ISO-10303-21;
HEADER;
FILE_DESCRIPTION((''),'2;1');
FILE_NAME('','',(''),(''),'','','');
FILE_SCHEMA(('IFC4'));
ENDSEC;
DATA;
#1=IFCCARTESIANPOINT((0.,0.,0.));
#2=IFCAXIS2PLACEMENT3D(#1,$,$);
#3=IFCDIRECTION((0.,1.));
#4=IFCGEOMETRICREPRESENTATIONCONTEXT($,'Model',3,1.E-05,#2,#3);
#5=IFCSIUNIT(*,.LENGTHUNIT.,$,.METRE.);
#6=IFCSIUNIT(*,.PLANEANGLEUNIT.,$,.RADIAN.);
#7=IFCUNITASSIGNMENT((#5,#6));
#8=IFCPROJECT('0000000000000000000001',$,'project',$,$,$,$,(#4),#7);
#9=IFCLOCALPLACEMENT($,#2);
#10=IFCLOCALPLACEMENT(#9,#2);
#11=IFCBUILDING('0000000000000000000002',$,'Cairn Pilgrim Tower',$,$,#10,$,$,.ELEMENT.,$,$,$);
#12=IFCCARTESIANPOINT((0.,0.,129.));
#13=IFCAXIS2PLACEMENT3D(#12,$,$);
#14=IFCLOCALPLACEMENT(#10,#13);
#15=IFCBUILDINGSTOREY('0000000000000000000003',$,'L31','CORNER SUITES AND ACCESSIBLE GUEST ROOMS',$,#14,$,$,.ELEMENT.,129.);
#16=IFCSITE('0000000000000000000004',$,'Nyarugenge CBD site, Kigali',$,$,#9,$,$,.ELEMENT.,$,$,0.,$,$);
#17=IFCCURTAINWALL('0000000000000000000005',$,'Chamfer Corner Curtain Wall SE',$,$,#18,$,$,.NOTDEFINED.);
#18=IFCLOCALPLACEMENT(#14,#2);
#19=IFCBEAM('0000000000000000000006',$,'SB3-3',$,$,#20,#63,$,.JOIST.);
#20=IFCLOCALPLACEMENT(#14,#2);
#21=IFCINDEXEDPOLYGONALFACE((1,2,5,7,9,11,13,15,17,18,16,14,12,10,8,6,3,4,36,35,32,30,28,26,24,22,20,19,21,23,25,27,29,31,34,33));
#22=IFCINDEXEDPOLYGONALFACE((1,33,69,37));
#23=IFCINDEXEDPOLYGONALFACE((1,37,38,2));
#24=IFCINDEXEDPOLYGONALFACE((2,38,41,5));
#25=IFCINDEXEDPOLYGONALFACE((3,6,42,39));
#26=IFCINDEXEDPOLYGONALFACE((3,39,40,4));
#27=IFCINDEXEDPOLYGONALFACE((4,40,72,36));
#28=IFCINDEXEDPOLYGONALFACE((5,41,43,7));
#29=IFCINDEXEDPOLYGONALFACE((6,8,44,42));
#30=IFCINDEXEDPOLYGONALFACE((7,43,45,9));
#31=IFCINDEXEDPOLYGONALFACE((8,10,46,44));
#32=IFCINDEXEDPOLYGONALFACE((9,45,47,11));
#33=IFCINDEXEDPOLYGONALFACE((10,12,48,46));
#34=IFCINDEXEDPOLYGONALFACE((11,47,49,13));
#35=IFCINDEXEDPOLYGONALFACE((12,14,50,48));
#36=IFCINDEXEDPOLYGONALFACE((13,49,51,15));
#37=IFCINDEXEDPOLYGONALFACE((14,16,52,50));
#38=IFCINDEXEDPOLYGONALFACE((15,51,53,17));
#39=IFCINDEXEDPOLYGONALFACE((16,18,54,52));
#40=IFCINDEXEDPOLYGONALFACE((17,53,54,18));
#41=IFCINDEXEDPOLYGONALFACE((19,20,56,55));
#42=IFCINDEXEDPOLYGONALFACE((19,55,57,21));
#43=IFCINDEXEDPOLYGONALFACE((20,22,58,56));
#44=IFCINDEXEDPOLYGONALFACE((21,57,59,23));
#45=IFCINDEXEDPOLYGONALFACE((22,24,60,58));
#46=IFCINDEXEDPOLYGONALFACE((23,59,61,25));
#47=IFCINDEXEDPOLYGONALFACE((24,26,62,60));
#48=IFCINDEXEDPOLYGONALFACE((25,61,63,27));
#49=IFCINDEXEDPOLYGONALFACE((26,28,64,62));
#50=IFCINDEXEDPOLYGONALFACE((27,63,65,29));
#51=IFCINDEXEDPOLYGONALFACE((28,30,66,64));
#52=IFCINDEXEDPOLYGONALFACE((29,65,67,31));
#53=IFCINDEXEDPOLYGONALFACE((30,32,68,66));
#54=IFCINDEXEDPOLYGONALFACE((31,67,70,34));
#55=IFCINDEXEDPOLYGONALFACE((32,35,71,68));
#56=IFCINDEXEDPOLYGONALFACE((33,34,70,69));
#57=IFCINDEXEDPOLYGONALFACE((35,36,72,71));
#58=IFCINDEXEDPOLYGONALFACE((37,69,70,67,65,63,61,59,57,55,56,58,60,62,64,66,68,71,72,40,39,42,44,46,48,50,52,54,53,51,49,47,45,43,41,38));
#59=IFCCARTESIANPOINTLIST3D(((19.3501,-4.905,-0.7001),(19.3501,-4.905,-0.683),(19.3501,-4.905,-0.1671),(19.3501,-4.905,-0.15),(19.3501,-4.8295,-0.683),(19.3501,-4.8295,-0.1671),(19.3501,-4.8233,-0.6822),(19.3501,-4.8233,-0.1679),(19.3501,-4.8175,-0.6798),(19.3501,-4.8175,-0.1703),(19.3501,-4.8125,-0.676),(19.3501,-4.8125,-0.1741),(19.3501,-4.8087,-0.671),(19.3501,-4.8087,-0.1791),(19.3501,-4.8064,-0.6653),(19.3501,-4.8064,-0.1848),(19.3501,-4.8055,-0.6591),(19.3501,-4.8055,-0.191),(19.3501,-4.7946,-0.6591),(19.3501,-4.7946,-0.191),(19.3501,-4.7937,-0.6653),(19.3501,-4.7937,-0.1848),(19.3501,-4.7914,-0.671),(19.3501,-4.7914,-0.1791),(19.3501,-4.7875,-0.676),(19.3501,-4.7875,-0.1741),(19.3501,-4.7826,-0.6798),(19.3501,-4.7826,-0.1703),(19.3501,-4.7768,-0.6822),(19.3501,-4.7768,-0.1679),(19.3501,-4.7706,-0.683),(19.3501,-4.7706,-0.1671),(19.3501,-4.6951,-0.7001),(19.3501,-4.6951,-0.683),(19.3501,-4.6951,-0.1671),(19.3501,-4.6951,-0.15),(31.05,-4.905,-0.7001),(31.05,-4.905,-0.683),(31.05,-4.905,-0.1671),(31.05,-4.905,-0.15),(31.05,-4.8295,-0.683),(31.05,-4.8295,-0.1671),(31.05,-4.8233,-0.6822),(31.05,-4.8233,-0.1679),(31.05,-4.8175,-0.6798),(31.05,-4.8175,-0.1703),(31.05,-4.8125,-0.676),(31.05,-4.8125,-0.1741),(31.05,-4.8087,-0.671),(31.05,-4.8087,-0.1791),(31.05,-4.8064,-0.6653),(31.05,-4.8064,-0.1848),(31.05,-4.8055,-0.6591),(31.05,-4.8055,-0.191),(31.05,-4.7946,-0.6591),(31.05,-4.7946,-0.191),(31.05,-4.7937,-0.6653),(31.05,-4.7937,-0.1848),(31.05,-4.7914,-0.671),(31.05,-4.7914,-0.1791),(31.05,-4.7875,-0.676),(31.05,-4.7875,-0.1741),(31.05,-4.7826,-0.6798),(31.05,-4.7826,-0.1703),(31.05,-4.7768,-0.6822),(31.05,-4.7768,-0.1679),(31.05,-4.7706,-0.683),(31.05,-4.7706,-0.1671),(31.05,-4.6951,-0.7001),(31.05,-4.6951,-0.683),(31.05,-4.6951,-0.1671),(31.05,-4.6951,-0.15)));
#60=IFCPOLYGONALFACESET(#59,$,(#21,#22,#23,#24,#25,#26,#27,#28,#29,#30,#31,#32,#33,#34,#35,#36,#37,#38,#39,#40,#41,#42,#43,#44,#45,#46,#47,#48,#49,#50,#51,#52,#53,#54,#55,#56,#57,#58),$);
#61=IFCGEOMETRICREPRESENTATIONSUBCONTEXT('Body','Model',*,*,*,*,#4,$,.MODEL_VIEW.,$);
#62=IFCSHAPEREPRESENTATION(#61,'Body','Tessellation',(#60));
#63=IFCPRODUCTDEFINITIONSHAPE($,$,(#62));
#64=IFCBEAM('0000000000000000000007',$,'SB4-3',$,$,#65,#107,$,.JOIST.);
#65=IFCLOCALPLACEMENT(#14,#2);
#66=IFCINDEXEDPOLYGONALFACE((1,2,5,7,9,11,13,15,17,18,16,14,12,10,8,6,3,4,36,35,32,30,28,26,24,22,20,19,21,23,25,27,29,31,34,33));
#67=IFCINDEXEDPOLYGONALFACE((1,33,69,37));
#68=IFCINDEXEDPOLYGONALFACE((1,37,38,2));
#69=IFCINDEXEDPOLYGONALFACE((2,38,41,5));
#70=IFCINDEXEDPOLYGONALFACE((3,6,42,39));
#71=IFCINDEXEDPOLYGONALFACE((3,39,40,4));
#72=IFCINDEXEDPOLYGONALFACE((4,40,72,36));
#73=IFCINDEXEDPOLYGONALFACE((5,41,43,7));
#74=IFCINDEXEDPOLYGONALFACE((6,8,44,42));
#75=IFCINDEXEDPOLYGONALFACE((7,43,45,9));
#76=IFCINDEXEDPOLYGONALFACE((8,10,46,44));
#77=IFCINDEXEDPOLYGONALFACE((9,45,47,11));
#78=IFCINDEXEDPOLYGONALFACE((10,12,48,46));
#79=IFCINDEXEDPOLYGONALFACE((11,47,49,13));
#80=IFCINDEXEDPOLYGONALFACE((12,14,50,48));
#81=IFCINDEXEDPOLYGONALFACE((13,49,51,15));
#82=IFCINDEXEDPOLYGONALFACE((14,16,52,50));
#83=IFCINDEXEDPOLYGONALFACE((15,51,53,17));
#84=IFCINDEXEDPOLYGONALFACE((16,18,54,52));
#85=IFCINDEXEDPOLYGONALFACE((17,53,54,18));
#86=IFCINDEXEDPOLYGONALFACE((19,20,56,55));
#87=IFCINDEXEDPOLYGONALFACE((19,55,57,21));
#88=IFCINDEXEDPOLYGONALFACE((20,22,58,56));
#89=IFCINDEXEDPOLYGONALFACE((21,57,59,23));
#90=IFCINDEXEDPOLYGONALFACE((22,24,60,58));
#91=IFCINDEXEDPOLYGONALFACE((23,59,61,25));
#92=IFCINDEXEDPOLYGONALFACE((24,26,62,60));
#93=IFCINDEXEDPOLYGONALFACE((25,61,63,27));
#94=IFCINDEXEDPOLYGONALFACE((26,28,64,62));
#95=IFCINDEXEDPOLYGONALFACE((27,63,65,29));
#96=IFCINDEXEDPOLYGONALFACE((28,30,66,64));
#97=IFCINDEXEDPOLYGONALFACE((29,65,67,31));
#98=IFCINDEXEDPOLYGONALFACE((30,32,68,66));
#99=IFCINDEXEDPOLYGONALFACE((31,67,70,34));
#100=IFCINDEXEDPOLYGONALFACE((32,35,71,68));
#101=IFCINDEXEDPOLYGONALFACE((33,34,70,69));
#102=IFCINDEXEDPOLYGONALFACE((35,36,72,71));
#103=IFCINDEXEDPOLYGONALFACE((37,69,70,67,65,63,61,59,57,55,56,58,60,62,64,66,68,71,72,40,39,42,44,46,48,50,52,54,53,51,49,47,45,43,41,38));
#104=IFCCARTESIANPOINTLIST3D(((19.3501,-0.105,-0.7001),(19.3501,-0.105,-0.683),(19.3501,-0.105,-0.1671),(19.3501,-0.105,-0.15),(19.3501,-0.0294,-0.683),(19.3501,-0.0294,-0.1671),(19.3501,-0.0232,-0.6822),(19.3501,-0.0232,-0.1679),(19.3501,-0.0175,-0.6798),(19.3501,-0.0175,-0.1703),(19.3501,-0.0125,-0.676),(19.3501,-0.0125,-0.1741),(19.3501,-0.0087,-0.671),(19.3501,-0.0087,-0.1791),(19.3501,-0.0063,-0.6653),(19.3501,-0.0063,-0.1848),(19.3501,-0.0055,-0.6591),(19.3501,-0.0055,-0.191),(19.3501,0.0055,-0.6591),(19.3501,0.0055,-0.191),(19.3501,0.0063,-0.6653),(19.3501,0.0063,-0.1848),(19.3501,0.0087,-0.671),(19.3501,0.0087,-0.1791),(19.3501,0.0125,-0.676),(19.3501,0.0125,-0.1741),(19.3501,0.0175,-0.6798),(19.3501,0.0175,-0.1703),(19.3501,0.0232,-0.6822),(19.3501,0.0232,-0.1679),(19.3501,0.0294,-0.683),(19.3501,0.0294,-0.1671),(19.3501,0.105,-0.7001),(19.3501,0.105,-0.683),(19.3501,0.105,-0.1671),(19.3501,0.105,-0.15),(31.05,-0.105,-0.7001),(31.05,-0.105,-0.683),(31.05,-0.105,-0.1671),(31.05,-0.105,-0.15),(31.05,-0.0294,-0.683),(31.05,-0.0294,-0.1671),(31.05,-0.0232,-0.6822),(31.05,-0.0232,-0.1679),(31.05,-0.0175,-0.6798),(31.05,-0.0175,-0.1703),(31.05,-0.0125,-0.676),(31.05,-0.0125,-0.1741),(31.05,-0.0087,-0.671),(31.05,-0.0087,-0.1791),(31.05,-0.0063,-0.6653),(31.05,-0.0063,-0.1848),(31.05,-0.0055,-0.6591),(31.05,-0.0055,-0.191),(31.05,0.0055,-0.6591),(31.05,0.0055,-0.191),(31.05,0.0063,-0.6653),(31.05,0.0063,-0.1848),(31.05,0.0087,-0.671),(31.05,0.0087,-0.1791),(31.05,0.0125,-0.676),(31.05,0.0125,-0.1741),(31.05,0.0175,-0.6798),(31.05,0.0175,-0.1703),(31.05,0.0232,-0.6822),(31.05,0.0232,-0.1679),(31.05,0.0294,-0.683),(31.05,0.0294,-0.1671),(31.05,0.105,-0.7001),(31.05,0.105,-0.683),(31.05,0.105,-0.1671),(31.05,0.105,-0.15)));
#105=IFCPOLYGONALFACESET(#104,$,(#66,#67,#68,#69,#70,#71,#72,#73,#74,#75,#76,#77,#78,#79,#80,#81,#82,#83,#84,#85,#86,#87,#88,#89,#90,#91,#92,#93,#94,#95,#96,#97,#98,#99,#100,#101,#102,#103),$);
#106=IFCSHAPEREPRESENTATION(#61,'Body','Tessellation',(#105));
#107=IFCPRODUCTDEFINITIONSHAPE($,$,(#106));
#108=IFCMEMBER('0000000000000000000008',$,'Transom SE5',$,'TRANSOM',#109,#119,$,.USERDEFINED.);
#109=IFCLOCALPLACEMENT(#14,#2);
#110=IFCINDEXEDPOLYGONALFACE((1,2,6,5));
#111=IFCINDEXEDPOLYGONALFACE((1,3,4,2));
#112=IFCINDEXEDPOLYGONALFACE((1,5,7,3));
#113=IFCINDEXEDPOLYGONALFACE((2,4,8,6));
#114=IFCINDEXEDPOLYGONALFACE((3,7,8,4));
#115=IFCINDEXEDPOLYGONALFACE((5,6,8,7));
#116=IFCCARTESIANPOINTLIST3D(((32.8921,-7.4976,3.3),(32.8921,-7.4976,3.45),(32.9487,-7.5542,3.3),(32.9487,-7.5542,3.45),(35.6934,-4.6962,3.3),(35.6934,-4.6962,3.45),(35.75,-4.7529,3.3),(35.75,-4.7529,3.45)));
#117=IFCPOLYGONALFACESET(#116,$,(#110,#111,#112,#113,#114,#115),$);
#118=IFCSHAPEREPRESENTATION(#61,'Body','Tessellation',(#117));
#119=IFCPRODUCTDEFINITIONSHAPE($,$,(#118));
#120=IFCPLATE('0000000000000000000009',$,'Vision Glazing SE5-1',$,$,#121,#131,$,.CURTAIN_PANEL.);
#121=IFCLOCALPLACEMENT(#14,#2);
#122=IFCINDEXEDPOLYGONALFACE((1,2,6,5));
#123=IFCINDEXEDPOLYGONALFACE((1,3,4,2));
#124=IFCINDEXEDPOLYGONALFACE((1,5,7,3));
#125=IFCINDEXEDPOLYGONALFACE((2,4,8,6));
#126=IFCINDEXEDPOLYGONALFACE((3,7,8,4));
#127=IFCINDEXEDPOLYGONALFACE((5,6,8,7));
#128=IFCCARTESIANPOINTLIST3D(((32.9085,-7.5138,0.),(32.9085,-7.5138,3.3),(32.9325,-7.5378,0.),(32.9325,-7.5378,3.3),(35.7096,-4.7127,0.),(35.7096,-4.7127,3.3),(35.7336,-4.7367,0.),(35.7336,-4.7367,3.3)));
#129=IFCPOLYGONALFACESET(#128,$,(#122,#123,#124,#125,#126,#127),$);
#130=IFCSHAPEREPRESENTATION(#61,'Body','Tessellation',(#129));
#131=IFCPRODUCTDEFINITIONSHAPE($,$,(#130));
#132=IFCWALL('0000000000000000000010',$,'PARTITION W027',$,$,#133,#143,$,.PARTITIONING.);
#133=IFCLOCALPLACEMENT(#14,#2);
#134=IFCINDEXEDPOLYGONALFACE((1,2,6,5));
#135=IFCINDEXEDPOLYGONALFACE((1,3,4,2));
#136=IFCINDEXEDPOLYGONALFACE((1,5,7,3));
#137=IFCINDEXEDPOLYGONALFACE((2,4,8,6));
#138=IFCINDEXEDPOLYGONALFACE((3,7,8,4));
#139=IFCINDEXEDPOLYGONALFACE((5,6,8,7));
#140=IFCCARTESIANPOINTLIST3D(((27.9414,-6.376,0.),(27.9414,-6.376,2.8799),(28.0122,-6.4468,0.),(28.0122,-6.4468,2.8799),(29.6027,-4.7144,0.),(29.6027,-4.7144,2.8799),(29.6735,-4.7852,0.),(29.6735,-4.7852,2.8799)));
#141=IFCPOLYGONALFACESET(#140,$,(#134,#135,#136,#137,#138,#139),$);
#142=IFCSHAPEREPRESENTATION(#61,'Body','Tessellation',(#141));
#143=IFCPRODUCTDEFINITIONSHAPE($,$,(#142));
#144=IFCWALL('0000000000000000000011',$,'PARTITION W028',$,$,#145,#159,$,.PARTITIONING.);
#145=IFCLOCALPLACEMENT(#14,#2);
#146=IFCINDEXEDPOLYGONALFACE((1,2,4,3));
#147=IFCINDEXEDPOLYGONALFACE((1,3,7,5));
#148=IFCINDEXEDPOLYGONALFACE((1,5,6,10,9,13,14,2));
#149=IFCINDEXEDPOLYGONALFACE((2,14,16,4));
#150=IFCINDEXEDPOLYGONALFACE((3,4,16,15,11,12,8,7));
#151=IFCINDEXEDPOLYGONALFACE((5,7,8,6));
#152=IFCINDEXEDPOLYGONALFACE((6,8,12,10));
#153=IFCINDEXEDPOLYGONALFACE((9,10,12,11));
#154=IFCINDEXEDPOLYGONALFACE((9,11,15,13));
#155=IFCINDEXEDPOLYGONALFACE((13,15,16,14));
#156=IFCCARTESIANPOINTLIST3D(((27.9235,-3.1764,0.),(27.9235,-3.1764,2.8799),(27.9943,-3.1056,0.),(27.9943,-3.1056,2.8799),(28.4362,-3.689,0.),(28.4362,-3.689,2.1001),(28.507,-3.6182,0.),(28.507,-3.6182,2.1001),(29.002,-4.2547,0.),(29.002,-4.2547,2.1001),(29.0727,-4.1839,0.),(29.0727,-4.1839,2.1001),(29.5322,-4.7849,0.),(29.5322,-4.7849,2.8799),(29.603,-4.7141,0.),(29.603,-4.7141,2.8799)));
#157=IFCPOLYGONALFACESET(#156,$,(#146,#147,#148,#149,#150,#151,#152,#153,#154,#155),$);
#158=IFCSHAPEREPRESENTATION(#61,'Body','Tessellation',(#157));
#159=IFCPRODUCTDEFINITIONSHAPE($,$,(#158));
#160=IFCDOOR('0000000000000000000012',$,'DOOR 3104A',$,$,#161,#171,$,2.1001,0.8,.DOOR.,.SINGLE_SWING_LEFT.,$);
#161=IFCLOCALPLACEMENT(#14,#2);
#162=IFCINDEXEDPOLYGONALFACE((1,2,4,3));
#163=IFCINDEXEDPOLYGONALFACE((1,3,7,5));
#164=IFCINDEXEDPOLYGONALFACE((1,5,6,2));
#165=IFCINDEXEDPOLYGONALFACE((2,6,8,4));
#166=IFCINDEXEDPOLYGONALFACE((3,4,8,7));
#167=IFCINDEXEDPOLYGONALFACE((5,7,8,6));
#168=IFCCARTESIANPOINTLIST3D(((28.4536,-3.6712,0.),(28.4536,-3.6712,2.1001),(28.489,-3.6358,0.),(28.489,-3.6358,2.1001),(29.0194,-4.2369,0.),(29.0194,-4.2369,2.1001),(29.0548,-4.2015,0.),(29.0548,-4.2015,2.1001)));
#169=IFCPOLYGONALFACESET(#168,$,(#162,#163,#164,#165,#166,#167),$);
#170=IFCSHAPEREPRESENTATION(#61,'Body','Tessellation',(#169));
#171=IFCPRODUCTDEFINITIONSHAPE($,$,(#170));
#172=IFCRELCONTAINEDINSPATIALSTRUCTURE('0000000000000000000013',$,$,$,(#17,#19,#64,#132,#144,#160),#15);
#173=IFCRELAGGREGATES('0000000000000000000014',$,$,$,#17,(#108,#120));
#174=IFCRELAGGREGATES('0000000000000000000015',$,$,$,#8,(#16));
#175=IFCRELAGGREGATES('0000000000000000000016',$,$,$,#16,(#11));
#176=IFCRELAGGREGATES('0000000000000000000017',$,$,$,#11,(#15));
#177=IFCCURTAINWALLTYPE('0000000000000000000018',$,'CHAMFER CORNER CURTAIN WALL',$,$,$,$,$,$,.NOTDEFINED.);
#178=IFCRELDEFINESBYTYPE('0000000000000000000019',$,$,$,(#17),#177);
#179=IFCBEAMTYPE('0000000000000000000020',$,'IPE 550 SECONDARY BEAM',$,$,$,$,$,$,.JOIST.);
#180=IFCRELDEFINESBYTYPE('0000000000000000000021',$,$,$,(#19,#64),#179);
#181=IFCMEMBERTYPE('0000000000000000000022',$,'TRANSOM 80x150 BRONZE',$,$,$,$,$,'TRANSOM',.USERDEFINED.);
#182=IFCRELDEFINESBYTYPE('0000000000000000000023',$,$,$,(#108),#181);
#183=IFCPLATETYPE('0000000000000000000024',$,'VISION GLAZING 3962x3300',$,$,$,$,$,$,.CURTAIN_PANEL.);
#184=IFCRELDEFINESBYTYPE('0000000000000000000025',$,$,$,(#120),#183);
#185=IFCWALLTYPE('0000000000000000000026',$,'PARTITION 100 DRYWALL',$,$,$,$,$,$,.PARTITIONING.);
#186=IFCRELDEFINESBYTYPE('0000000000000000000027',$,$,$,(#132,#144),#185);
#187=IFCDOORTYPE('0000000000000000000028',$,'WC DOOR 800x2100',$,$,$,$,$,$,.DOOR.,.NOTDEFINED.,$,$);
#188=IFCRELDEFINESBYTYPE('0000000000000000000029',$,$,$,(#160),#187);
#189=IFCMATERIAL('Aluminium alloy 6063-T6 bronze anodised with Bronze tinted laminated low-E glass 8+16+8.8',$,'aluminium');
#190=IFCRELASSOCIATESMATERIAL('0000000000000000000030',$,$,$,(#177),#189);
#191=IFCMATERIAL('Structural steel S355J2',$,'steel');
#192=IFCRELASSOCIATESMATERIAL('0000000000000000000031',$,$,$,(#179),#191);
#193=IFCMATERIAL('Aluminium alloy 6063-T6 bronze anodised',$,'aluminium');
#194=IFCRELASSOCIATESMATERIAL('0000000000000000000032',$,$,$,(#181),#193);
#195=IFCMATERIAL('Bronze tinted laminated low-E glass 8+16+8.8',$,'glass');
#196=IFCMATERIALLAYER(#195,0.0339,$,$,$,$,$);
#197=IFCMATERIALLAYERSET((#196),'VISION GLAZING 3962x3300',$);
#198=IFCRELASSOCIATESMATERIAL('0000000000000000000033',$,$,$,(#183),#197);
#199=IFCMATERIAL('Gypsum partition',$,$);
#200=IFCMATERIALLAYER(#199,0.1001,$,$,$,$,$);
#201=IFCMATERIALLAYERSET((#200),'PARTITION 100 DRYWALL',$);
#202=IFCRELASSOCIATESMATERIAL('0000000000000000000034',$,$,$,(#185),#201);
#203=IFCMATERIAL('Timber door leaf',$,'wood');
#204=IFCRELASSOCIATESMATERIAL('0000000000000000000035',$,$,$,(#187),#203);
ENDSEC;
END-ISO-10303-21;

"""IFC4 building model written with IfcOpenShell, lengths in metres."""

from ifc_helpers import new_model, si_unit, direction, frame, frame_2d, origin, origin_2d, place, context, subcontext, project, spatial, rectangle, i_section, extrude, material, layer, layer_set, material_profile, profile_set, type_object, element, fill, aggregate, save


model = new_model("IFC4")

# Units and contexts
model_context = context("Model", 3, precision=1e-05, world=origin(), true_north=direction((0.0, 1.0)))
body_context = subcontext(model_context, "Body", "Model", "MODEL_VIEW")
ifc_project = project(units=[si_unit("LENGTHUNIT", "METRE"), si_unit("PLANEANGLEUNIT", "RADIAN")], contexts=[model_context])

# Site, building, storey
site_placement = place(None, origin())
site = spatial("IfcSite", under=ifc_project, at=site_placement, Name="Nyarugenge CBD site, Kigali", CompositionType="ELEMENT", RefElevation=0.0)
building_placement = place(site_placement, origin())
building = spatial("IfcBuilding", under=site, at=building_placement, Name="Cairn Pilgrim Tower", CompositionType="ELEMENT")
storey_placement = place(building_placement, frame((0.0, 0.0, 129.0)))
storey = spatial("IfcBuildingStorey", under=building, at=storey_placement, Name="L31", Description="CORNER SUITES AND ACCESSIBLE GUEST ROOMS", CompositionType="ELEMENT", Elevation=129.0)

# Curtain wall
ifc_material_1 = material(Name="Aluminium alloy 6063-T6 bronze anodised with Bronze tinted laminated low-E glass 8+16+8.8", Category="aluminium")
curtain_wall_type_1 = type_object("IfcCurtainWallType", Name="CHAMFER CORNER CURTAIN WALL", PredefinedType="NOTDEFINED", material=ifc_material_1)
curtain_wall_1_placement = place(storey_placement, origin())
curtain_wall_1 = element("IfcCurtainWall", 1, at=curtain_wall_1_placement, inside=storey, type_object=curtain_wall_type_1, Name="Chamfer Corner Curtain Wall SE", PredefinedType="NOTDEFINED")
ifc_material_2 = material(Name="Aluminium alloy 6063-T6 bronze anodised", Category="aluminium")

# Beams
ifc_material_3 = material(Name="Structural steel S355J2", Category="steel")
ifc_material_profile_1 = material_profile(ifc_material_3, i_section(OverallWidth=0.21, OverallDepth=0.55, WebThickness=0.011, FlangeThickness=0.0171, FilletRadius=0.0239, at=origin_2d()), Name="IPE 550")
ifc_profile_set_1 = profile_set([ifc_material_profile_1], Name="Structural steel S355J2")
beam_type_1 = type_object("IfcBeamType", Name="IPE 550 SECONDARY BEAM", PredefinedType="JOIST", material=ifc_profile_set_1)
for number, where, z_axis, x_axis, name in (
    (2, (19.3501, -4.8, -0.425), (1.0, 0.0, 0.0), (0.0, 1.0, 0.0), "SB3-3"),
    (3, (19.3501, 0.0, -0.425), (1.0, 0.0, 0.0), (0.0, 1.0, 0.0), "SB4-3"),
):
    element("IfcBeam", number, at=place(storey_placement, frame(where, z_axis=z_axis, x_axis=x_axis)), inside=storey, type_object=beam_type_1, Name=name, PredefinedType="JOIST", context=body_context, shape_type="SweptSolid", body=[
        extrude(i_section(OverallWidth=0.21, OverallDepth=0.55, WebThickness=0.011, FlangeThickness=0.0171, FilletRadius=0.0239, at=origin_2d()), origin(), (0.0, 0.0, 1.0), 11.7),
    ])

# Member
ifc_material_profile_2 = material_profile(ifc_material_2, rectangle(XDim=0.0801, YDim=0.1499, at=origin_2d()), Name="TRANSOM 80x150 BRONZE")
ifc_profile_set_2 = profile_set([ifc_material_profile_2], Name="Aluminium alloy 6063-T6 bronze anodised")
member_type_1 = type_object("IfcMemberType", Name="TRANSOM 80x150 BRONZE", ElementType="TRANSOM", PredefinedType="USERDEFINED", material=ifc_profile_set_2)
member_1_placement = place(storey_placement, frame((32.9204, -7.5259, 3.375), z_axis=(0.707107, 0.707107, 0.0), x_axis=(-0.707107, 0.707107, 0.0)))
member_1 = element("IfcMember", 4, at=member_1_placement, type_object=member_type_1, Name="Transom SE5", ObjectType="TRANSOM", PredefinedType="USERDEFINED", context=body_context, shape_type="SweptSolid", body=[
    extrude(rectangle(XDim=0.0801, YDim=0.1499, at=origin_2d()), origin(), (0.0, 0.0, 1.0), 3.9617),
])

# Plate
ifc_material_4 = material(Name="Bronze tinted laminated low-E glass 8+16+8.8", Category="glass")
ifc_layer_1 = layer(ifc_material_4, 0.0339)
ifc_layer_set_1 = layer_set([ifc_layer_1], Name="VISION GLAZING 3962x3300")
plate_type = type_object("IfcPlateType", Name="VISION GLAZING 3962x3300", PredefinedType="CURTAIN_PANEL", material=ifc_layer_set_1)
plate_placement = place(storey_placement, frame((34.321, -6.1252, 0.0), z_axis=(0.0, 0.0, 1.0), x_axis=(0.707107, 0.707107, 0.0)))
plate = element("IfcPlate", 5, at=plate_placement, type_object=plate_type, Name="Vision Glazing SE5-1", PredefinedType="CURTAIN_PANEL", context=body_context, shape_type="SweptSolid", body=[
    extrude(rectangle(XDim=3.9614, YDim=0.0339, at=origin_2d()), origin(), (0.0, 0.0, 1.0), 3.3),
])
aggregate(curtain_wall_1, [member_1, plate])

# Wall
ifc_material_5 = material(Name="Gypsum partition")
ifc_layer_2 = layer(ifc_material_5, 0.1001)
ifc_layer_set_2 = layer_set([ifc_layer_2], Name="PARTITION 100 DRYWALL")
wall_type_1 = type_object("IfcWallType", Name="PARTITION 100 DRYWALL", PredefinedType="PARTITIONING", material=ifc_layer_set_2)
wall_1_placement = place(storey_placement, frame((27.9768, -6.4114, 0.0), z_axis=(0.0, 0.0, 1.0), x_axis=(0.707055, 0.707159, 0.0)))
element("IfcWall", 6, at=wall_1_placement, inside=storey, type_object=wall_type_1, Name="PARTITION W027", PredefinedType="PARTITIONING", context=body_context, shape_type="SweptSolid", body=[
    extrude(rectangle(XDim=2.3496, YDim=0.1001, at=frame_2d((1.1748, 0.0))), origin(), (0.0, 0.0, 1.0), 2.8799),
])

# Wall, opening, door
wall_2_placement = place(storey_placement, frame((29.5676, -4.7495, 0.0), z_axis=(0.0, 0.0, 1.0), x_axis=(-0.70716, 0.707053, 0.0)))
wall_2 = element("IfcWall", 7, at=wall_2_placement, inside=storey, type_object=wall_type_1, Name="PARTITION W028", PredefinedType="PARTITIONING", context=body_context, shape_type="SweptSolid", body=[
    extrude(rectangle(XDim=2.2749, YDim=0.1001, at=frame_2d((1.1375, 0.0))), origin(), (0.0, 0.0, 1.0), 2.8799),
])
opening_1_placement = place(wall_2_placement, frame((0.75, 0.0, 0.0)))
opening_1 = element("IfcOpeningElement", 8, at=opening_1_placement, cuts=wall_2, PredefinedType="OPENING", context=body_context, shape_type="SweptSolid", body=[
    extrude(rectangle(XDim=0.8, YDim=2.1001, at=frame_2d((0.3999, 1.05))), frame((0.0, 0.0601, 0.0), z_axis=(0.0, -1.0, 0.0), x_axis=(1.0, 0.0, 0.0)), (0.0, 0.0, 1.0), 0.1201),
])
ifc_material_6 = material(Name="Timber door leaf", Category="wood")
door_type_1 = type_object("IfcDoorType", Name="WC DOOR 800x2100", OperationType="NOTDEFINED", PredefinedType="DOOR", material=ifc_material_6)
door_1_placement = place(opening_1_placement, frame((0.8, 0.0, 0.0), z_axis=(0.0, 0.0, 1.0), x_axis=(-1.0, 0.0, 0.0)))
door_1 = element("IfcDoor", 9, at=door_1_placement, inside=storey, type_object=door_type_1, Name="DOOR 3104A", OperationType="SINGLE_SWING_LEFT", OverallHeight=2.1001, OverallWidth=0.8, PredefinedType="DOOR", context=body_context, shape_type="SweptSolid", body=[
    extrude(rectangle(XDim=0.8, YDim=2.1001, at=frame_2d((0.3999, 1.05))), frame((0.0, 0.0249, 0.0), z_axis=(0.0, -1.0, 0.0), x_axis=(1.0, 0.0, 0.0)), (0.0, 0.0, 1.0), 0.05),
])
fill(opening_1, door_1)

save(model, "model.ifc")
